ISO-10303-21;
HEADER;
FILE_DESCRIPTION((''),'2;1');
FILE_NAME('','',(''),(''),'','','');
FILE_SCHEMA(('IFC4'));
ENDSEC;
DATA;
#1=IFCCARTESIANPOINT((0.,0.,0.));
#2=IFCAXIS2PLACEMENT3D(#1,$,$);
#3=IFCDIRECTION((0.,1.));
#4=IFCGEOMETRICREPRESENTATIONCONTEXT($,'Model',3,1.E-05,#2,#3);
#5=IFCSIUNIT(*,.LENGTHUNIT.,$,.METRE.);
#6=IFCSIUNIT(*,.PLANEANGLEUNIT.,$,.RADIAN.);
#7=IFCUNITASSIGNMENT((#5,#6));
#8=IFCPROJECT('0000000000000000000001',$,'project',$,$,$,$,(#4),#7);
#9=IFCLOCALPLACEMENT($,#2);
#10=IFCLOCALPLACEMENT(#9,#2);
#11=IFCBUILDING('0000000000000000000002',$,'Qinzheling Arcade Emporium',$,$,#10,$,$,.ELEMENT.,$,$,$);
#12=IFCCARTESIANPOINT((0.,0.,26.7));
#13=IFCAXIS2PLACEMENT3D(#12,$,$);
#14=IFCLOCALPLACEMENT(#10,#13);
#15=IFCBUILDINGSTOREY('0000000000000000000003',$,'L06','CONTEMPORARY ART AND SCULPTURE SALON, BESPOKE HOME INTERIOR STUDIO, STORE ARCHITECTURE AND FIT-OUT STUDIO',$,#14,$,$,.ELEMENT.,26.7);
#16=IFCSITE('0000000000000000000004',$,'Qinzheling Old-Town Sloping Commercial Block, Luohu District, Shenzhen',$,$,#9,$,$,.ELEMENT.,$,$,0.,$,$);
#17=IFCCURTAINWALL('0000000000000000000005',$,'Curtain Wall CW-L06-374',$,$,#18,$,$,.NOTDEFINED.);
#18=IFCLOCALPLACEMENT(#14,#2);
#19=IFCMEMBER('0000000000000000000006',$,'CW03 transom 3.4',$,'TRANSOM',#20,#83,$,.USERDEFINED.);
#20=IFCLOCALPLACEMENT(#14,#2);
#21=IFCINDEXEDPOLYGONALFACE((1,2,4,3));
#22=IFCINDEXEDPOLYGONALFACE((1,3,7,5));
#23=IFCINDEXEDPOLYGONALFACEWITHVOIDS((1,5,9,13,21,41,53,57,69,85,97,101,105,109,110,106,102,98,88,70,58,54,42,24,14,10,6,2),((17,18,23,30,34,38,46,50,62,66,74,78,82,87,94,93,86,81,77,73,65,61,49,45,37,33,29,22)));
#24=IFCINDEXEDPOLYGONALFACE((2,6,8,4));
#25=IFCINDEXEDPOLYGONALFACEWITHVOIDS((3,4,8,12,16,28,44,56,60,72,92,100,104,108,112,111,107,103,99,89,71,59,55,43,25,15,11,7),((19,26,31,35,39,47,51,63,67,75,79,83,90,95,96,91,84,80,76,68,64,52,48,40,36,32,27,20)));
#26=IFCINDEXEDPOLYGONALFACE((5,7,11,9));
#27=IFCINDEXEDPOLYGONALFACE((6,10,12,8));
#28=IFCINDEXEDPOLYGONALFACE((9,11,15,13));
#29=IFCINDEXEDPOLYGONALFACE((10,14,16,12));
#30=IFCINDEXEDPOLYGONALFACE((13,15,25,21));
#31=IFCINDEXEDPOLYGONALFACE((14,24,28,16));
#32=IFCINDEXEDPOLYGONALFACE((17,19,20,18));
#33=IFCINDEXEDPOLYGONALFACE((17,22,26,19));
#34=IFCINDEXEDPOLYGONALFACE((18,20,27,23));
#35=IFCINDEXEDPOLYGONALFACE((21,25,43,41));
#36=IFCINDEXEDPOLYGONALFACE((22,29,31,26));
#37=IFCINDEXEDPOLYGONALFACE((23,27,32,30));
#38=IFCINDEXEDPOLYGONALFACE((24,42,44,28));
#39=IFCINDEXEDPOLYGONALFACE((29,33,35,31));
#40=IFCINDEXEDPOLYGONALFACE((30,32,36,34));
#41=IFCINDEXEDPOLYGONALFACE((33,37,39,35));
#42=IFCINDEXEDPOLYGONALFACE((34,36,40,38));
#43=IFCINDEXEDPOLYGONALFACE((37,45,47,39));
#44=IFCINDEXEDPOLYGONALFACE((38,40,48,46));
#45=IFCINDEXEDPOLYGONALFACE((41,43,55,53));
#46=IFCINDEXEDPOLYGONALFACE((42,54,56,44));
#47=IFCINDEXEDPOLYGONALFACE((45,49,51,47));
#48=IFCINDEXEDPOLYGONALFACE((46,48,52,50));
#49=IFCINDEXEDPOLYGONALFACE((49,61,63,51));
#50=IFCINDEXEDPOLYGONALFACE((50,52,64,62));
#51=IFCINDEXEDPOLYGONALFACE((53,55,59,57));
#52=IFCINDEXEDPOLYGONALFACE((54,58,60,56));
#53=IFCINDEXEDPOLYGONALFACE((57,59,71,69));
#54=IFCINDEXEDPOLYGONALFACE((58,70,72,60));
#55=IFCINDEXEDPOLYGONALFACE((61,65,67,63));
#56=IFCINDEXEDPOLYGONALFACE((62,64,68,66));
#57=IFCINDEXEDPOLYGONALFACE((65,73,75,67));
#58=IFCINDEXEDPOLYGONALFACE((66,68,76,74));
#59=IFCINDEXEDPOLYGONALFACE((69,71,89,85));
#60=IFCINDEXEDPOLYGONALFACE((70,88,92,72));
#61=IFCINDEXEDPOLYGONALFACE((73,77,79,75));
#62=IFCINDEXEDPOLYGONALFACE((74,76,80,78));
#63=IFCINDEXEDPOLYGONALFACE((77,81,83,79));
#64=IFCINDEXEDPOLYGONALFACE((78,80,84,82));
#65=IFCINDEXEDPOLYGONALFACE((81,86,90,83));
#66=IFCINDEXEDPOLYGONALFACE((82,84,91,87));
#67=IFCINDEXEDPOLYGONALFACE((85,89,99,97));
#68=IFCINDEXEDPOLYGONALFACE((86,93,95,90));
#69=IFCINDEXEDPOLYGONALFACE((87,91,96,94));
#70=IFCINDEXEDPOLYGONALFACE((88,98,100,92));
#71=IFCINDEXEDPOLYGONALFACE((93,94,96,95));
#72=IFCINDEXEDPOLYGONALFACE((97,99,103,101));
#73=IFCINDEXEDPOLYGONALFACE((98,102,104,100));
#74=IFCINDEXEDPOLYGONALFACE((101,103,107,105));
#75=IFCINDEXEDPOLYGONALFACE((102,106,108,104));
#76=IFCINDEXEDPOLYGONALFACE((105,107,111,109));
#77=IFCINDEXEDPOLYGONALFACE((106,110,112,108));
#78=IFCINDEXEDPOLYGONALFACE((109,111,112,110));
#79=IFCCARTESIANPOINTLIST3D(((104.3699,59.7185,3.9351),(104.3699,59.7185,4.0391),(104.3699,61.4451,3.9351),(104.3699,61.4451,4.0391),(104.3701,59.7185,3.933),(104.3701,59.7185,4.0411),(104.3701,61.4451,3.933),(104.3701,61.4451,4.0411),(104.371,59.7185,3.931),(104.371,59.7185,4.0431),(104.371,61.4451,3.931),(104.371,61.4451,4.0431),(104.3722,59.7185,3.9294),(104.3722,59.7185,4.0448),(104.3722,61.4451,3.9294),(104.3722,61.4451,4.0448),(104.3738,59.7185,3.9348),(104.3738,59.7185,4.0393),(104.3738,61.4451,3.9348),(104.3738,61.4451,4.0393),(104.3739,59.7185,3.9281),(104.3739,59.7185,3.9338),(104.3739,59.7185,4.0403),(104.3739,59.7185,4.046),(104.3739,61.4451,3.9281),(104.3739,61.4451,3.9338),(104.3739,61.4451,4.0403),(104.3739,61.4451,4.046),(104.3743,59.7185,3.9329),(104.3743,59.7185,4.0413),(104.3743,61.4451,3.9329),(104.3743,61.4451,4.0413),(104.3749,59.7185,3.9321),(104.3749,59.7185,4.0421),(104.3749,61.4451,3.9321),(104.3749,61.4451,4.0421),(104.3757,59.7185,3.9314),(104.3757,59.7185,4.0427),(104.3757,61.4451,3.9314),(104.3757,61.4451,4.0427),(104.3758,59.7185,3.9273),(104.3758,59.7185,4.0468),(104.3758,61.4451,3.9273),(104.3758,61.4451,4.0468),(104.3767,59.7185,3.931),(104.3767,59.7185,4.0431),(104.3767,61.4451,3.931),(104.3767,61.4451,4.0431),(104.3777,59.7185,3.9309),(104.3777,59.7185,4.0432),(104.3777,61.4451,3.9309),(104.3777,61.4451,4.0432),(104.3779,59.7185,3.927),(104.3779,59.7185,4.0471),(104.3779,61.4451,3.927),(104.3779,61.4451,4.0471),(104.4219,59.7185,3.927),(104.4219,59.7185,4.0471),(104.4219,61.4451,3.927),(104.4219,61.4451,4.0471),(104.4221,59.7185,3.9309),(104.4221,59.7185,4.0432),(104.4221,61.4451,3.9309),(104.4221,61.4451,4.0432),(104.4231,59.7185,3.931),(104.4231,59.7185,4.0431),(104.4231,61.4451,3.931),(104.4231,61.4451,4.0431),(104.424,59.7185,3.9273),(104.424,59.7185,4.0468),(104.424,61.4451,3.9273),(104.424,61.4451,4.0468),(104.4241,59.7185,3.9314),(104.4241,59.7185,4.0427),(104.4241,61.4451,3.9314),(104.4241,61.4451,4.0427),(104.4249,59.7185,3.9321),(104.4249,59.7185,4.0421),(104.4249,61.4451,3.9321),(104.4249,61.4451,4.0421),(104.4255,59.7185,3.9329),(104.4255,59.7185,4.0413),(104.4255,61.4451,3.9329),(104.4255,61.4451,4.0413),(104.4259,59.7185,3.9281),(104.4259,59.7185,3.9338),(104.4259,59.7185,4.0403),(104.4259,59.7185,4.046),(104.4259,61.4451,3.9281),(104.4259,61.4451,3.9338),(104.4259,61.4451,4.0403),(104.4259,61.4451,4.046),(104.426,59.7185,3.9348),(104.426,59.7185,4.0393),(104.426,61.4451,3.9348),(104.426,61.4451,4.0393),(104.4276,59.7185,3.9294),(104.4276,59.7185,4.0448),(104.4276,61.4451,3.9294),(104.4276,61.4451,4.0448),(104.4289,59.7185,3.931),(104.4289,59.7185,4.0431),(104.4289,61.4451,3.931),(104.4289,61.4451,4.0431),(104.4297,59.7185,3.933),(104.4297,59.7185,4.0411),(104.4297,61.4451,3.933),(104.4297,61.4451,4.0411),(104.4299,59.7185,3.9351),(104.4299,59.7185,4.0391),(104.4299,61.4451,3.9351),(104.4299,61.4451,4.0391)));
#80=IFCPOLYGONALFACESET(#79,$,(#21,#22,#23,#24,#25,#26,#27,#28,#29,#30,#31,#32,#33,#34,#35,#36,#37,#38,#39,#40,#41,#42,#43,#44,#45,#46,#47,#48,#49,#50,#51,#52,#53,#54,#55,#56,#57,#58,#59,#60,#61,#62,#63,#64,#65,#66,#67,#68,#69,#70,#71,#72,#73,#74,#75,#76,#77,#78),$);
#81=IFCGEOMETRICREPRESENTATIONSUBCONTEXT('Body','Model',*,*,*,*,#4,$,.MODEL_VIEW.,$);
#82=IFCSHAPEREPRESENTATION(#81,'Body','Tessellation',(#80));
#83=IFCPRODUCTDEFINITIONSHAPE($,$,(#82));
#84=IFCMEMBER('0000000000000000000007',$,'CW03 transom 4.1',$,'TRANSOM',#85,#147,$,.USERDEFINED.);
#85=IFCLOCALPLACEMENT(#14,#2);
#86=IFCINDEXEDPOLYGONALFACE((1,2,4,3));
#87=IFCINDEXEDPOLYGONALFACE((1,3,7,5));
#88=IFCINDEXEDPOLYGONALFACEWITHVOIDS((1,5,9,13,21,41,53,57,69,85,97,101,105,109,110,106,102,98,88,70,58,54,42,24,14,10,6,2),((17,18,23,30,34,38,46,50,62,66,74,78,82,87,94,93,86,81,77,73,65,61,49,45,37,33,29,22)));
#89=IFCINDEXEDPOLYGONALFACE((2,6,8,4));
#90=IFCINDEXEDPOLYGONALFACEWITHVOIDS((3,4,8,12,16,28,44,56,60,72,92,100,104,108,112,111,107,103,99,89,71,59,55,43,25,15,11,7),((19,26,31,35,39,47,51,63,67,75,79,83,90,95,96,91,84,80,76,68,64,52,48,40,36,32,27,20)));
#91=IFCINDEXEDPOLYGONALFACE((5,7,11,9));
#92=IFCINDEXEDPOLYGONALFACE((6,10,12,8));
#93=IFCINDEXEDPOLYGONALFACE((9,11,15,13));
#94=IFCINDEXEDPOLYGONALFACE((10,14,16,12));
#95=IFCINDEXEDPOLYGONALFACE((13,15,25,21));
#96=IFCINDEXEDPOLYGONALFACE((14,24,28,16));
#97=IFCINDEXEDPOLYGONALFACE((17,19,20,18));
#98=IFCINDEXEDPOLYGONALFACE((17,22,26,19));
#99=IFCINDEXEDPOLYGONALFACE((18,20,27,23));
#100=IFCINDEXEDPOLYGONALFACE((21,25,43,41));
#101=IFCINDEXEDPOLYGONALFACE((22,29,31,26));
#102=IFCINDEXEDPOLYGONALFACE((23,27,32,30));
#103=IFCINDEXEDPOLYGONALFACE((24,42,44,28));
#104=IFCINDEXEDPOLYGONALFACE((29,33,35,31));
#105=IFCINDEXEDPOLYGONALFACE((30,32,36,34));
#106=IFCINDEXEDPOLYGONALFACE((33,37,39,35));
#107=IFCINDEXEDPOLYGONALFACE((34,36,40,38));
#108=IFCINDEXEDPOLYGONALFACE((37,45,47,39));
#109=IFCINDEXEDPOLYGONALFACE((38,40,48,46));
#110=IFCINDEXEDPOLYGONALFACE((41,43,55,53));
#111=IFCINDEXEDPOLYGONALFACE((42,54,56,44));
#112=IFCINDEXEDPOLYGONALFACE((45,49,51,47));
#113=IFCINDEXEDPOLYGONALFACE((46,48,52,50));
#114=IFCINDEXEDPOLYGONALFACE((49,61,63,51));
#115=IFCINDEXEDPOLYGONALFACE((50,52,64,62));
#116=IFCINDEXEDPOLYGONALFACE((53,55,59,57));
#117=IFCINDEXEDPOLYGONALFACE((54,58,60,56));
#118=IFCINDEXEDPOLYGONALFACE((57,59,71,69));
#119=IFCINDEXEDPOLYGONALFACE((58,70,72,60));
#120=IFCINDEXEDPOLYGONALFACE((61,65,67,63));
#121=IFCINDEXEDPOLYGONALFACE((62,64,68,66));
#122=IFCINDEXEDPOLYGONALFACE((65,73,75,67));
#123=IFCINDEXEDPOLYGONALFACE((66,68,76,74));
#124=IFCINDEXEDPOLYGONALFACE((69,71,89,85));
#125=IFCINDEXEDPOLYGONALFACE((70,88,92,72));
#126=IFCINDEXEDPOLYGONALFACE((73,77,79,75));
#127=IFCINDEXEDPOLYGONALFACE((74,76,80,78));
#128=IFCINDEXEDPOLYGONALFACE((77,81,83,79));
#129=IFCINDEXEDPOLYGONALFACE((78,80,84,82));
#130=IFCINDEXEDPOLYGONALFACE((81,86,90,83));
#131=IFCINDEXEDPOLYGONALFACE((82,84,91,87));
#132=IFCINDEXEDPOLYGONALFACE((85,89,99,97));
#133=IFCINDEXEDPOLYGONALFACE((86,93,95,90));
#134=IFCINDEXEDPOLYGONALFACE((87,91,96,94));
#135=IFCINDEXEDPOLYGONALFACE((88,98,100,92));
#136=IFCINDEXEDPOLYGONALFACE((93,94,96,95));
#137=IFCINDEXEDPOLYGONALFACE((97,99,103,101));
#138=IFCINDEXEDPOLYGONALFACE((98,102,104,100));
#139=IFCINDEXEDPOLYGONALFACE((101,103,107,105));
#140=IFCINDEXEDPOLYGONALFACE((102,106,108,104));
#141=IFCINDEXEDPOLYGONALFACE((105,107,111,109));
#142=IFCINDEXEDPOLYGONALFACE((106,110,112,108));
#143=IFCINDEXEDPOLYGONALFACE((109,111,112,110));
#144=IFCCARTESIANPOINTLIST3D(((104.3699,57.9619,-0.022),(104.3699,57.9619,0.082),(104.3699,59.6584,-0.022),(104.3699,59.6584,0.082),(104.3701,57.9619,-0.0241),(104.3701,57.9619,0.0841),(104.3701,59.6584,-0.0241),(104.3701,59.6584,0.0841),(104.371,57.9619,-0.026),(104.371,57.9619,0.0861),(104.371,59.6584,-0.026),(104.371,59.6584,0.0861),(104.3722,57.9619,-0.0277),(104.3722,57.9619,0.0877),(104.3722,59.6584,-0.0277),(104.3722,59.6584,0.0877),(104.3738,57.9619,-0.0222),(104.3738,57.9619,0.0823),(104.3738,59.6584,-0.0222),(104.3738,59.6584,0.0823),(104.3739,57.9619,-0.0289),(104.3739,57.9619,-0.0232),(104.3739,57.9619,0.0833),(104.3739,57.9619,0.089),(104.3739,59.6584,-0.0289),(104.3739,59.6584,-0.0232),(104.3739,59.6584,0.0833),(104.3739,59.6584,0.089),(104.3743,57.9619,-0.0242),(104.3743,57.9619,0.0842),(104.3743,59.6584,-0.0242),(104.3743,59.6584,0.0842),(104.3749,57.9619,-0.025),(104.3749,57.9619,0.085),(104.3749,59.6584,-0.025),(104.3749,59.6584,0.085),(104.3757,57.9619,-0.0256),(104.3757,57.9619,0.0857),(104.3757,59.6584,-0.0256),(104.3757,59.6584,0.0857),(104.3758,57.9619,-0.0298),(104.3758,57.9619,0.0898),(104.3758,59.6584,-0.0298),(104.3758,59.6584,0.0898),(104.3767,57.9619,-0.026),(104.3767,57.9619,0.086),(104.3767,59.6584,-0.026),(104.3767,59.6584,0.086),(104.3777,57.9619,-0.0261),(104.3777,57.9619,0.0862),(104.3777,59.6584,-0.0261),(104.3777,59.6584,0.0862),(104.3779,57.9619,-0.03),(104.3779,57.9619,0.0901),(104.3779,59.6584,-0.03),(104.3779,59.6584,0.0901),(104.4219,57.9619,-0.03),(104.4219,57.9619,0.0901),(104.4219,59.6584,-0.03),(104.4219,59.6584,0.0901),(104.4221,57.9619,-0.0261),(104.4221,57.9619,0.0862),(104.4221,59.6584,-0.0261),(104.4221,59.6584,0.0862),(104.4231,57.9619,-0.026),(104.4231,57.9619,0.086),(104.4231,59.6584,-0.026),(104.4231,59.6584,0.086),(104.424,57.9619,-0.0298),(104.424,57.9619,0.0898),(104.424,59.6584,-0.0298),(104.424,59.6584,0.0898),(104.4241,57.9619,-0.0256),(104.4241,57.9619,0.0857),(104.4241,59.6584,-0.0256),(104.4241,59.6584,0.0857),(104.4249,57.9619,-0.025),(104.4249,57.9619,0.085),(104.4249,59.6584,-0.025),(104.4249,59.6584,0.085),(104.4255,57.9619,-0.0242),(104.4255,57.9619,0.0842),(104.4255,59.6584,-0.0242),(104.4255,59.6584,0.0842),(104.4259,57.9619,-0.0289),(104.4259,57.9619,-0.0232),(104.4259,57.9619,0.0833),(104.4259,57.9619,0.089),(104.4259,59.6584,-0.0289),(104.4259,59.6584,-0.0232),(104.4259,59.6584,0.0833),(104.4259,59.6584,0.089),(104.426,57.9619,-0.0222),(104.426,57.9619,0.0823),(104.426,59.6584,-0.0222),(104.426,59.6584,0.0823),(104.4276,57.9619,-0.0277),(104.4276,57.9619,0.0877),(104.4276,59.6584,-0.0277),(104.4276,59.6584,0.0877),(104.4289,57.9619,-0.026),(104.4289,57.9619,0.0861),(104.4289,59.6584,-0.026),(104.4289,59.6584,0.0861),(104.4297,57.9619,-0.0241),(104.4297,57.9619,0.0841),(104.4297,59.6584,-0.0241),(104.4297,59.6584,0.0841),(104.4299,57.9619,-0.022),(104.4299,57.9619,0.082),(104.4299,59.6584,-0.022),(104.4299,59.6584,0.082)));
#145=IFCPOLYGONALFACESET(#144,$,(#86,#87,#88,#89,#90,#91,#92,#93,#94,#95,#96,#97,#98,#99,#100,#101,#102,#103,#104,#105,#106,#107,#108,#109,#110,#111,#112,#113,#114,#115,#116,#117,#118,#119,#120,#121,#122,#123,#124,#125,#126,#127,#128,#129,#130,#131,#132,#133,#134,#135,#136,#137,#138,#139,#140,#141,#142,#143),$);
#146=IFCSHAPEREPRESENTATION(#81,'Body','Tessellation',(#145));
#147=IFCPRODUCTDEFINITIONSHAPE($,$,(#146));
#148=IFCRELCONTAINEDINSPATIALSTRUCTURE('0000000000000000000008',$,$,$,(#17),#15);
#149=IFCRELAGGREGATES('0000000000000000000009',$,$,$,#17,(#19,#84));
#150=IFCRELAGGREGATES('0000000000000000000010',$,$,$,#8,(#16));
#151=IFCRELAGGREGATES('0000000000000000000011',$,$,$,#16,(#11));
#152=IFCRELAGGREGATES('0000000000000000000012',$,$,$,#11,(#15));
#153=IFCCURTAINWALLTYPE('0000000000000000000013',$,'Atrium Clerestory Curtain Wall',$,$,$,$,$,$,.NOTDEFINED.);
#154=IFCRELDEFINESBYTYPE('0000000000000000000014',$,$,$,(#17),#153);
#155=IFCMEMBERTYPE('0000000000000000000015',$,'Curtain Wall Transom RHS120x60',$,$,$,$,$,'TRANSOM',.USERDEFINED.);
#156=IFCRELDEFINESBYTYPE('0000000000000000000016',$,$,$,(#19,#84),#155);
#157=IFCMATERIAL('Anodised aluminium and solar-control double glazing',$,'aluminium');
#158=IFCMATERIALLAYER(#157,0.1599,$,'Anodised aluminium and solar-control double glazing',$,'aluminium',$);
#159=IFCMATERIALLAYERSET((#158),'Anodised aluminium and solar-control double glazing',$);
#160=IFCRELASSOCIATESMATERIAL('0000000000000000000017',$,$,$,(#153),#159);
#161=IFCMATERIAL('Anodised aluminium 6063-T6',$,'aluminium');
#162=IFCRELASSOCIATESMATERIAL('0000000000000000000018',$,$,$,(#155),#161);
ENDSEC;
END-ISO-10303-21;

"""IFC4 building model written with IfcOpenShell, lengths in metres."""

from ifc_helpers import new_model, si_unit, direction, frame, origin, origin_2d, place, context, subcontext, project, spatial, hollow_rectangle, extrude, material, layer, layer_set, material_profile, profile_set, type_object, element, aggregate, save


model = new_model("IFC4")

# Units and contexts
model_context = context("Model", 3, precision=1e-05, world=origin(), true_north=direction((0.0, 1.0)))
body_context = subcontext(model_context, "Body", "Model", "MODEL_VIEW")
ifc_project = project(units=[si_unit("LENGTHUNIT", "METRE"), si_unit("PLANEANGLEUNIT", "RADIAN")], contexts=[model_context])

# Site, building, storey
site_placement = place(None, origin())
site = spatial("IfcSite", under=ifc_project, at=site_placement, Name="Qinzheling Old-Town Sloping Commercial Block, Luohu District, Shenzhen", CompositionType="ELEMENT", RefElevation=0.0)
building_placement = place(site_placement, origin())
building = spatial("IfcBuilding", under=site, at=building_placement, Name="Qinzheling Arcade Emporium", CompositionType="ELEMENT")
storey_placement = place(building_placement, frame((0.0, 0.0, 26.7)))
storey = spatial("IfcBuildingStorey", under=building, at=storey_placement, Name="L06", Description="CONTEMPORARY ART AND SCULPTURE SALON, BESPOKE HOME INTERIOR STUDIO, STORE ARCHITECTURE AND FIT-OUT STUDIO", CompositionType="ELEMENT", Elevation=26.7)

# Curtain wall
ifc_material_1 = material(Name="Anodised aluminium and solar-control double glazing", Category="aluminium")
ifc_layer_1 = layer(ifc_material_1, 0.1599, Name="Anodised aluminium and solar-control double glazing", Category="aluminium")
ifc_layer_set_1 = layer_set([ifc_layer_1], Name="Anodised aluminium and solar-control double glazing")
curtain_wall_type = type_object("IfcCurtainWallType", Name="Atrium Clerestory Curtain Wall", PredefinedType="NOTDEFINED", material=ifc_layer_set_1)
curtain_wall_1_placement = place(storey_placement, origin())
curtain_wall_1 = element("IfcCurtainWall", 1, at=curtain_wall_1_placement, inside=storey, type_object=curtain_wall_type, Name="Curtain Wall CW-L06-374", PredefinedType="NOTDEFINED")
ifc_material_2 = material(Name="Anodised aluminium 6063-T6", Category="aluminium")

# Members
ifc_material_profile_1 = material_profile(ifc_material_2, hollow_rectangle(XDim=0.0601, YDim=0.1201, WallThickness=0.0039, InnerFilletRadius=0.0039, OuterFilletRadius=0.0081, at=origin_2d()), Name="RHS 120x60x4", Category="aluminium")
ifc_profile_set_1 = profile_set([ifc_material_profile_1], Name="Anodised aluminium 6063-T6")
member_type_1 = type_object("IfcMemberType", Name="Curtain Wall Transom RHS120x60", ElementType="TRANSOM", PredefinedType="USERDEFINED", material=ifc_profile_set_1)
member_1_placement = place(storey_placement, frame((104.3999, 61.4451, 3.9871), z_axis=(0.0, -1.0, 0.0), x_axis=(1.0, 0.0, 0.0)))
member_1 = element("IfcMember", 2, at=member_1_placement, type_object=member_type_1, Name="CW03 transom 3.4", ObjectType="TRANSOM", PredefinedType="USERDEFINED", context=body_context, shape_type="SweptSolid", body=[
    extrude(hollow_rectangle(XDim=0.0601, YDim=0.1201, WallThickness=0.0039, InnerFilletRadius=0.0039, OuterFilletRadius=0.0081, at=origin_2d()), origin(), (0.0, 0.0, 1.0), 1.7266),
])
member_2_placement = place(storey_placement, frame((104.3999, 59.6584, 0.03), z_axis=(0.0, -1.0, 0.0), x_axis=(1.0, 0.0, 0.0)))
member_2 = element("IfcMember", 3, at=member_2_placement, type_object=member_type_1, Name="CW03 transom 4.1", ObjectType="TRANSOM", PredefinedType="USERDEFINED", context=body_context, shape_type="SweptSolid", body=[
    extrude(hollow_rectangle(XDim=0.0601, YDim=0.1201, WallThickness=0.0039, InnerFilletRadius=0.0039, OuterFilletRadius=0.0081, at=origin_2d()), origin(), (0.0, 0.0, 1.0), 1.6965),
])

aggregate(curtain_wall_1, [member_1, member_2])

save(model, "model.ifc")
